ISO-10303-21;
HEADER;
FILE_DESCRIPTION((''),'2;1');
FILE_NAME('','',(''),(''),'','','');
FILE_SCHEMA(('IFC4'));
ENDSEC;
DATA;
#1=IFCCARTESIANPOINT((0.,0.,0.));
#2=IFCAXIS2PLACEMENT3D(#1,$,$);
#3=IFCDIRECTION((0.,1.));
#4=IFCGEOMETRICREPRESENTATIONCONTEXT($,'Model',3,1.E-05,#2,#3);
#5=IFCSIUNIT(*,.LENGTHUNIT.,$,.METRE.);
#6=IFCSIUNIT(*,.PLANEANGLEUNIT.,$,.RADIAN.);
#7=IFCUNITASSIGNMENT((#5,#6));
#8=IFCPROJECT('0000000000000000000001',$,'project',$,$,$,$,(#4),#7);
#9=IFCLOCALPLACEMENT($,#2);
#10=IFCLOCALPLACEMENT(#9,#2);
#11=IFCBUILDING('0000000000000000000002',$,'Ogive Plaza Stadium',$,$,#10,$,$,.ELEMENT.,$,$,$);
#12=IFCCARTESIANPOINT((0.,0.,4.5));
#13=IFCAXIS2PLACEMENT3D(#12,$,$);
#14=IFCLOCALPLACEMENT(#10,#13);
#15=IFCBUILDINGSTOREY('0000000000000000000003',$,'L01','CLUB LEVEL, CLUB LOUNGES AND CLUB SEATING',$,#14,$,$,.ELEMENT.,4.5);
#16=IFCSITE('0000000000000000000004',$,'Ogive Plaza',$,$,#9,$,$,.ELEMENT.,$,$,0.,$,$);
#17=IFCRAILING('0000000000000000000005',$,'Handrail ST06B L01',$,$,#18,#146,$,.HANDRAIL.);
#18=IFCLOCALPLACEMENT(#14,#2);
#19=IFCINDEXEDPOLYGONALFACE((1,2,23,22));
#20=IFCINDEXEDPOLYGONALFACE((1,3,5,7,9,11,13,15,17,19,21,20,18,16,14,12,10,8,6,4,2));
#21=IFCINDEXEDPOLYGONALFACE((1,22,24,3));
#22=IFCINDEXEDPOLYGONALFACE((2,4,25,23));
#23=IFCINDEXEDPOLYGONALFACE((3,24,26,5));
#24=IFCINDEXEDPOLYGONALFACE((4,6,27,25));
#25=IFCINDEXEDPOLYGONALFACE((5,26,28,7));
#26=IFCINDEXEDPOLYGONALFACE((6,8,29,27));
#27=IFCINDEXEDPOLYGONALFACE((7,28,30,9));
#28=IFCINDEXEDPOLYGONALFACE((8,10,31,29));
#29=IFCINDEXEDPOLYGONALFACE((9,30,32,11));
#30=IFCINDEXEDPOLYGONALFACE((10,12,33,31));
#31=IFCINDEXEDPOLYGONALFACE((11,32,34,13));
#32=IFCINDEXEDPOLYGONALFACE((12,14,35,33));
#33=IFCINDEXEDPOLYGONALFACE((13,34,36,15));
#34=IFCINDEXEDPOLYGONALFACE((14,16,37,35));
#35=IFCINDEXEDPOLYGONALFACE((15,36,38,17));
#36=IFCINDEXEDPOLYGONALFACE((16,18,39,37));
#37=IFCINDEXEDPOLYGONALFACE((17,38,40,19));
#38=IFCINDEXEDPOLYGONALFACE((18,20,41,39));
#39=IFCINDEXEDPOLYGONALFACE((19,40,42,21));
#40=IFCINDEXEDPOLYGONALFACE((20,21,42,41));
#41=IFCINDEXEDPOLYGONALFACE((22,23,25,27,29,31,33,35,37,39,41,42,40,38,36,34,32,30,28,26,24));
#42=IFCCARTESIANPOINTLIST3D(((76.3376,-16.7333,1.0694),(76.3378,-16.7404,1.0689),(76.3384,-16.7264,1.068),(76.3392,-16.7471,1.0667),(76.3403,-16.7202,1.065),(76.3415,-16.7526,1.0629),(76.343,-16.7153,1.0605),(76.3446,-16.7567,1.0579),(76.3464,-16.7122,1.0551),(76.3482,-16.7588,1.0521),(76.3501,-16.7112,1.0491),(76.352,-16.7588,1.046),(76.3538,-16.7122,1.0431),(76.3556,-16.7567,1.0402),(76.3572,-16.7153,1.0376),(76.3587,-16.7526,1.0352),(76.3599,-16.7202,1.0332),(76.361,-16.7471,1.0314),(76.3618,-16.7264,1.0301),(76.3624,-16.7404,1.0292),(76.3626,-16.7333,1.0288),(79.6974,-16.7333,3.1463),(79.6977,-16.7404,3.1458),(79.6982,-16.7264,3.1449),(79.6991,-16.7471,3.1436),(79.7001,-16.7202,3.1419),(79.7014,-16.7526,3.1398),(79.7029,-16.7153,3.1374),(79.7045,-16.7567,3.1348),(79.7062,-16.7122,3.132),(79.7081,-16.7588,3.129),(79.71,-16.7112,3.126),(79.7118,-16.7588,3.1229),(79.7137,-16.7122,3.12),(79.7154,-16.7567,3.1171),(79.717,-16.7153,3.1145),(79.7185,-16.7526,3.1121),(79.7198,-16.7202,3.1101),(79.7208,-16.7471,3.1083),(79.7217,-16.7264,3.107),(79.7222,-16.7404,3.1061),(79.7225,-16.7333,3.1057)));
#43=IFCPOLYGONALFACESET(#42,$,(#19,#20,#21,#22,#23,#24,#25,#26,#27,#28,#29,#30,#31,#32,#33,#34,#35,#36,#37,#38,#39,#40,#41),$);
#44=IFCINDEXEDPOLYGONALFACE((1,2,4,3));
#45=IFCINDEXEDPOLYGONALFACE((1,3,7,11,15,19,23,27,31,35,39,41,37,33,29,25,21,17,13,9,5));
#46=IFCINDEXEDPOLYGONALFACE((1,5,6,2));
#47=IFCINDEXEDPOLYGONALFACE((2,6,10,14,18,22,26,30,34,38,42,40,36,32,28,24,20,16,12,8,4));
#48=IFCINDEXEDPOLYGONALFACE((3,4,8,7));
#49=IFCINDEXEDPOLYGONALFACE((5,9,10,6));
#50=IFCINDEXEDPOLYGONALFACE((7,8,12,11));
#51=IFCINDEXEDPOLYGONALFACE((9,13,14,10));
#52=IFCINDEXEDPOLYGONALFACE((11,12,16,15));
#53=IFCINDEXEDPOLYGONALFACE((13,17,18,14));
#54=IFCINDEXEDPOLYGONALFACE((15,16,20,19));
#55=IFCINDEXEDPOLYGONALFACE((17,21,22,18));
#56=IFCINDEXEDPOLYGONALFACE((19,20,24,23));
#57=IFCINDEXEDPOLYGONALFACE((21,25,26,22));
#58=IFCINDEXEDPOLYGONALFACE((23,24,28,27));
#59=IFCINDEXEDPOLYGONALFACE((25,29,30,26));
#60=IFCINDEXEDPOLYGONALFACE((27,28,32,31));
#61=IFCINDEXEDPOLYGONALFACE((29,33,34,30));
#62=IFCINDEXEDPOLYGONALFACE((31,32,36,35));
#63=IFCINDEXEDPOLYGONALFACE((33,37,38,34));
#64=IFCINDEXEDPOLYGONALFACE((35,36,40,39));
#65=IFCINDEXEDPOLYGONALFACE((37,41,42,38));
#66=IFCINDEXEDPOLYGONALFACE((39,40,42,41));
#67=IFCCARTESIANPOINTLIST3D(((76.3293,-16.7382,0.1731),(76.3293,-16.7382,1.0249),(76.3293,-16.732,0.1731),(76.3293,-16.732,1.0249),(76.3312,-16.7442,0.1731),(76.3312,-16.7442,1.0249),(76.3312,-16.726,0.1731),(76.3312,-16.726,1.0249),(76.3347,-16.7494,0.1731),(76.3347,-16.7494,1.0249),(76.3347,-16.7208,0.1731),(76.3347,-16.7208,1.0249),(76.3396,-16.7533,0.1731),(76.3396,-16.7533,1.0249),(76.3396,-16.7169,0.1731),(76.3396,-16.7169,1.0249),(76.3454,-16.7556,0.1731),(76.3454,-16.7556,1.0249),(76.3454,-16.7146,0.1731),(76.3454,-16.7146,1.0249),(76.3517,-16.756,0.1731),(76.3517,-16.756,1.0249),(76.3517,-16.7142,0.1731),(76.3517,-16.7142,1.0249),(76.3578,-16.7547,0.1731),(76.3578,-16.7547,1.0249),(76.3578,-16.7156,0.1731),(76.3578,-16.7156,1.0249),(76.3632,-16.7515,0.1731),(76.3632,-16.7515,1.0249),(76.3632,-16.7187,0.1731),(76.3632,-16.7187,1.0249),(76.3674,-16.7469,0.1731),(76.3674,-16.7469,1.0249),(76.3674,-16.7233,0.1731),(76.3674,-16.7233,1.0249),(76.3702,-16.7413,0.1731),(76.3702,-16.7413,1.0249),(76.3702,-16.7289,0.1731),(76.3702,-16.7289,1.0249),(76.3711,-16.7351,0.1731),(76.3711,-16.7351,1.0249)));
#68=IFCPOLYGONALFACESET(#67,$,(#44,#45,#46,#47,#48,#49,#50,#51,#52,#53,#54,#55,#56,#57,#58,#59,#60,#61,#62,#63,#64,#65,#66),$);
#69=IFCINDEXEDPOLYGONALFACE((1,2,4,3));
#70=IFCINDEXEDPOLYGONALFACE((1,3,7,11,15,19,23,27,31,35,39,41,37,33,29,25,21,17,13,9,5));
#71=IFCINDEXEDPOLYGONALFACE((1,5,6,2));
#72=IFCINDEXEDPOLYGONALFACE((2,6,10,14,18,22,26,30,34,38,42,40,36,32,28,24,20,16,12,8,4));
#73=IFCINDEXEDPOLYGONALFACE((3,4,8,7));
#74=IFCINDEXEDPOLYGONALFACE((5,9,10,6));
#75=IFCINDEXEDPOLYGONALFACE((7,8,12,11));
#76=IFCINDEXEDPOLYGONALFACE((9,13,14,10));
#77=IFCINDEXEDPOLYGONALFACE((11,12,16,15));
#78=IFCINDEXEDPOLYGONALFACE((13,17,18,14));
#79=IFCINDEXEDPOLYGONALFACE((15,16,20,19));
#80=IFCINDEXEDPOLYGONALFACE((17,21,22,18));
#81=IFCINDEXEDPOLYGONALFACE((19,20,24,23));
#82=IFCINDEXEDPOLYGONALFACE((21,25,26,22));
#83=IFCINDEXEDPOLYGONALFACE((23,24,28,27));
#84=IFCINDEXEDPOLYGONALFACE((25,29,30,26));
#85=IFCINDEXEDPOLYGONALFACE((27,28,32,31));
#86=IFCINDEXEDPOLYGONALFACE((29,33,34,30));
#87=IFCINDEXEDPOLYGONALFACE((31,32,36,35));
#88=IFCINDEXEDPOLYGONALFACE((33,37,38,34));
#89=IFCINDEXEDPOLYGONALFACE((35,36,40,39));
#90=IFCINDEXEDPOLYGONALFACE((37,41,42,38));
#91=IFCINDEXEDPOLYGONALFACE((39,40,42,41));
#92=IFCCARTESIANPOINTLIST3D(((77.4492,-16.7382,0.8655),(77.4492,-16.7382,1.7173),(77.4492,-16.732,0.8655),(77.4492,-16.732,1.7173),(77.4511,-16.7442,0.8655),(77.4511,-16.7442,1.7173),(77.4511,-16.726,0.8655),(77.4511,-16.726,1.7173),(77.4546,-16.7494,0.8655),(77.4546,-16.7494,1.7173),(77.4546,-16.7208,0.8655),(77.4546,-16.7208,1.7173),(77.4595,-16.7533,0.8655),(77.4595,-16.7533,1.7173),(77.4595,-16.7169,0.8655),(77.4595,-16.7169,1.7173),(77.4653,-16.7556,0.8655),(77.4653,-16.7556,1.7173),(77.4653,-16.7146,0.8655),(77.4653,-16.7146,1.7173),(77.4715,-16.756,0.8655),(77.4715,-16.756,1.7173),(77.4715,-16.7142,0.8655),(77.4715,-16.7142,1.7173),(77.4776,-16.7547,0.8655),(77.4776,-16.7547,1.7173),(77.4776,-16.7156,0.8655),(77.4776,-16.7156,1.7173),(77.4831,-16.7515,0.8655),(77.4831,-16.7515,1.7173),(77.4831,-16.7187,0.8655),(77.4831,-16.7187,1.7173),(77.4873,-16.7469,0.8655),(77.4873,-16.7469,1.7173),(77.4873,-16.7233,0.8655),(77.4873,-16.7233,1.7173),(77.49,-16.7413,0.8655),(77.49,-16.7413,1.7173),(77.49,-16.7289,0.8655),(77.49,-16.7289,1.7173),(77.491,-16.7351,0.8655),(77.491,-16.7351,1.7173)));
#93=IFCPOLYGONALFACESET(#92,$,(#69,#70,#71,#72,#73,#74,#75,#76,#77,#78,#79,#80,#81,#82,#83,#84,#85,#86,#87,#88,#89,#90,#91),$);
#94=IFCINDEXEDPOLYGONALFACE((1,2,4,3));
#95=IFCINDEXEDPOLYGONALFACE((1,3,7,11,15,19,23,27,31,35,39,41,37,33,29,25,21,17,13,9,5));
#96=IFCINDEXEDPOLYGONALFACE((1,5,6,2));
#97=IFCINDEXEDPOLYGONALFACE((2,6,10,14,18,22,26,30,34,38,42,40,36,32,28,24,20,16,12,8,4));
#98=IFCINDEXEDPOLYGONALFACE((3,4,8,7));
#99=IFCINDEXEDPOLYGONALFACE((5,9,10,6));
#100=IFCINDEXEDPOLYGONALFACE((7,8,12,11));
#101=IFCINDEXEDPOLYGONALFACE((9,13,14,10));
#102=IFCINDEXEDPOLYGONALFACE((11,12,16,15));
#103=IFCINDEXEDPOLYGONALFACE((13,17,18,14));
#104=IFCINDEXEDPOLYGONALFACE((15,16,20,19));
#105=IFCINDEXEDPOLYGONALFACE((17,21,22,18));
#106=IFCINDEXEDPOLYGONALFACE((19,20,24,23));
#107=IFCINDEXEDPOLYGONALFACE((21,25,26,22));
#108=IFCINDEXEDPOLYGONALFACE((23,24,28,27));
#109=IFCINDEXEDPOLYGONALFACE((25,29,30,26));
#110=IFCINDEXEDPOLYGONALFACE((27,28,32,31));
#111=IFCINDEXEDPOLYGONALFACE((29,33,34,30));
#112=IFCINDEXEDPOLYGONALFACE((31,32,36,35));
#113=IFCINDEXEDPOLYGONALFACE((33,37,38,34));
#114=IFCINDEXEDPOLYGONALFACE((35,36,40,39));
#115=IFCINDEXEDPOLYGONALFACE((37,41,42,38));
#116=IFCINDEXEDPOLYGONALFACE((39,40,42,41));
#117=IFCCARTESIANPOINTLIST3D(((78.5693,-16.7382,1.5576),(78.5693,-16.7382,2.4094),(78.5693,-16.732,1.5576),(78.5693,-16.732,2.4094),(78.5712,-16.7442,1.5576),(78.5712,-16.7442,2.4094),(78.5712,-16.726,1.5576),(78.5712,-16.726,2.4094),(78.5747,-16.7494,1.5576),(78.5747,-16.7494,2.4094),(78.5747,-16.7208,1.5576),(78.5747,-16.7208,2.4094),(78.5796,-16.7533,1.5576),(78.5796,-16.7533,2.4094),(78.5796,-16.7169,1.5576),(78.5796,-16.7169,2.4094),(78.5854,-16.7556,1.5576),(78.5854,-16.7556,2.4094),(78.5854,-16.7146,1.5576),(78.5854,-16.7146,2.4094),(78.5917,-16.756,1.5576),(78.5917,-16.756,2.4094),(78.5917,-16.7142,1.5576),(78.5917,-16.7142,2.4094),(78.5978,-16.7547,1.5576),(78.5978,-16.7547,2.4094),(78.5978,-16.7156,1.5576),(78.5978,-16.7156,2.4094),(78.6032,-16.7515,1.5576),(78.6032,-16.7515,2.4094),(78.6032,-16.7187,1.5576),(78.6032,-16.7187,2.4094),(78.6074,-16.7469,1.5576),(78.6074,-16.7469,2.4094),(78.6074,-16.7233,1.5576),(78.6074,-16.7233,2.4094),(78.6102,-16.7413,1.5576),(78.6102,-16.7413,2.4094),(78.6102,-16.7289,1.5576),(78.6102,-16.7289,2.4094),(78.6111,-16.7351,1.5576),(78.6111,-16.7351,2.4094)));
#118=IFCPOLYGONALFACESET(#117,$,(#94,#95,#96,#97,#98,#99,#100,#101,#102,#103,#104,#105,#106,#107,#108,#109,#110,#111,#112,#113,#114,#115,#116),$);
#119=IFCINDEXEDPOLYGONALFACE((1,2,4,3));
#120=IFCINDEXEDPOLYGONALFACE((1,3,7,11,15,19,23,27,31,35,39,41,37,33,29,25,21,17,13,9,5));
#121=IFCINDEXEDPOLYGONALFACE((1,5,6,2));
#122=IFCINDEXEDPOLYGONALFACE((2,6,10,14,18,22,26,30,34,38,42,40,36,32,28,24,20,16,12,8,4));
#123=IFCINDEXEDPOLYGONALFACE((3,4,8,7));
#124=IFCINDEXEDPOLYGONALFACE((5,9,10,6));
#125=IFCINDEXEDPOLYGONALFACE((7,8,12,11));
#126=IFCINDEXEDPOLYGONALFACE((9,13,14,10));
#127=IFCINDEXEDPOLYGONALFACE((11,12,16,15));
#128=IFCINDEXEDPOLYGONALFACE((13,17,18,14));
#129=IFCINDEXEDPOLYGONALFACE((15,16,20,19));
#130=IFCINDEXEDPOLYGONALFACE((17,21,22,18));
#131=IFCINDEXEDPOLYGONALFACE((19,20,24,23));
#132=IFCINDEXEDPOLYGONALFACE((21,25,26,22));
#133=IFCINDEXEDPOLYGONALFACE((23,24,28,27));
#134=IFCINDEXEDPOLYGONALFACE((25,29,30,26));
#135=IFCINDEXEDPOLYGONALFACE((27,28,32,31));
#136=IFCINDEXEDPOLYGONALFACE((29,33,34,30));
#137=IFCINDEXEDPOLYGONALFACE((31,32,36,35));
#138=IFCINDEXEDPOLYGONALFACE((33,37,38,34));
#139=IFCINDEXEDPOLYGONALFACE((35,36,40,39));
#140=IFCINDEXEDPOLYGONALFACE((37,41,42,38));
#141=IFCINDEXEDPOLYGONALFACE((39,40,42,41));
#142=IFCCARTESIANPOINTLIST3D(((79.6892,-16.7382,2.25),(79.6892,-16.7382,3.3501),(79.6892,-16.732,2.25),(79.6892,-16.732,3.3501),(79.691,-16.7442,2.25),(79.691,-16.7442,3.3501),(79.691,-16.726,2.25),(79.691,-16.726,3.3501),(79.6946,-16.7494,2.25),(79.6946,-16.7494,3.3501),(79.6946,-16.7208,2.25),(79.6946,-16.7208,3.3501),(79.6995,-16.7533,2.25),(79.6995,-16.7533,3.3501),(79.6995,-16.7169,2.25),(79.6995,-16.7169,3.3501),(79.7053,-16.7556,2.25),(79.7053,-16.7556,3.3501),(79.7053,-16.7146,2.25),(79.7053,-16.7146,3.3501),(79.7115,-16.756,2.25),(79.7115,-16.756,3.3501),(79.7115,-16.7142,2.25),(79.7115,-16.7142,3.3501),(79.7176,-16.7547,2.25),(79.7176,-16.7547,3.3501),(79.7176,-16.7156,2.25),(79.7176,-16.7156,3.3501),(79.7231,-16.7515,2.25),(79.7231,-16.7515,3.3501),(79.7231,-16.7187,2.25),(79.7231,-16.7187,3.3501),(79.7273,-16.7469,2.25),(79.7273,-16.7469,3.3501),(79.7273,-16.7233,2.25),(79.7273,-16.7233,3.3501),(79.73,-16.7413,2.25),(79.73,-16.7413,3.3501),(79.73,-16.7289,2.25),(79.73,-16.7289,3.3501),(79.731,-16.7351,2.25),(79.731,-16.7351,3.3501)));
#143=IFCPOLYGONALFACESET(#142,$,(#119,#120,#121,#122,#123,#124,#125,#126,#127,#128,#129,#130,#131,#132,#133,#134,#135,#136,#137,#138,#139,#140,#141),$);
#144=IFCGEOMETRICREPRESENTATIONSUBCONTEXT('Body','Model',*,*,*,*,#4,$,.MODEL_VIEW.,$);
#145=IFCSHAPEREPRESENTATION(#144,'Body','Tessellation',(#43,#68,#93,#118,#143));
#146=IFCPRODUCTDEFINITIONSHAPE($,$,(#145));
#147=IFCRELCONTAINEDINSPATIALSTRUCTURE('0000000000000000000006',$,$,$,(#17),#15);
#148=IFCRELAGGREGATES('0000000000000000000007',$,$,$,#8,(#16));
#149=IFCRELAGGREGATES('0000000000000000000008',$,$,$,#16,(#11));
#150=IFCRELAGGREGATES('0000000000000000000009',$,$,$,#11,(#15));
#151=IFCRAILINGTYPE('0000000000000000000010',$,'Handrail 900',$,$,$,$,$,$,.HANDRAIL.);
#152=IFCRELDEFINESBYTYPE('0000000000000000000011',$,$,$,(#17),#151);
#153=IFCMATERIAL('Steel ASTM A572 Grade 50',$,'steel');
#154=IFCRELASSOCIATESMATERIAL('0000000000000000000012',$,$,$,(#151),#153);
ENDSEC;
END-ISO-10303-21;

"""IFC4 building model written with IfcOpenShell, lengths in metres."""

from ifc_helpers import new_model, si_unit, direction, frame, origin, origin_2d, place, context, subcontext, project, spatial, circle, extrude, material, type_object, element, save


model = new_model("IFC4")

# Units and contexts
model_context = context("Model", 3, precision=1e-05, world=origin(), true_north=direction((0.0, 1.0)))
body_context = subcontext(model_context, "Body", "Model", "MODEL_VIEW")
ifc_project = project(units=[si_unit("LENGTHUNIT", "METRE"), si_unit("PLANEANGLEUNIT", "RADIAN")], contexts=[model_context])

# Site, building, storey
site_placement = place(None, origin())
site = spatial("IfcSite", under=ifc_project, at=site_placement, Name="Ogive Plaza", CompositionType="ELEMENT", RefElevation=0.0)
building_placement = place(site_placement, origin())
building = spatial("IfcBuilding", under=site, at=building_placement, Name="Ogive Plaza Stadium", CompositionType="ELEMENT")
storey_placement = place(building_placement, frame((0.0, 0.0, 4.5)))
storey = spatial("IfcBuildingStorey", under=building, at=storey_placement, Name="L01", Description="CLUB LEVEL, CLUB LOUNGES AND CLUB SEATING", CompositionType="ELEMENT", Elevation=4.5)

# Railing
ifc_material_1 = material(Name="Steel ASTM A572 Grade 50", Category="steel")
railing_type_1 = type_object("IfcRailingType", Name="Handrail 900", PredefinedType="HANDRAIL", material=ifc_material_1)
for number, where, name in (
    (1, (76.3501, -16.7351, 0.1731), "Handrail ST06B L01"),
):
    element("IfcRailing", number, at=place(storey_placement, frame(where)), inside=storey, type_object=railing_type_1, Name=name, PredefinedType="HANDRAIL", context=body_context, shape_type="SweptSolid", body=[
        extrude(circle(Radius=0.0239, at=origin_2d()), frame((0.0, 0.0, 0.876), z_axis=(0.850606, 0.0, 0.525803), x_axis=(0.0, 1.0, 0.0)), (0.0, 0.0, 1.0), 3.95),
        extrude(circle(Radius=0.021, at=origin_2d()), origin(), (0.0, 0.0, 1.0), 0.8518),
        extrude(circle(Radius=0.021, at=origin_2d()), frame((1.1199, 0.0, 0.6924)), (0.0, 0.0, 1.0), 0.8518),
        extrude(circle(Radius=0.021, at=origin_2d()), frame((2.24, 0.0, 1.3845)), (0.0, 0.0, 1.0), 0.8518),
        extrude(circle(Radius=0.021, at=origin_2d()), frame((3.3599, 0.0, 2.0769)), (0.0, 0.0, 1.0), 1.1001),
    ])

save(model, "model.ifc")
